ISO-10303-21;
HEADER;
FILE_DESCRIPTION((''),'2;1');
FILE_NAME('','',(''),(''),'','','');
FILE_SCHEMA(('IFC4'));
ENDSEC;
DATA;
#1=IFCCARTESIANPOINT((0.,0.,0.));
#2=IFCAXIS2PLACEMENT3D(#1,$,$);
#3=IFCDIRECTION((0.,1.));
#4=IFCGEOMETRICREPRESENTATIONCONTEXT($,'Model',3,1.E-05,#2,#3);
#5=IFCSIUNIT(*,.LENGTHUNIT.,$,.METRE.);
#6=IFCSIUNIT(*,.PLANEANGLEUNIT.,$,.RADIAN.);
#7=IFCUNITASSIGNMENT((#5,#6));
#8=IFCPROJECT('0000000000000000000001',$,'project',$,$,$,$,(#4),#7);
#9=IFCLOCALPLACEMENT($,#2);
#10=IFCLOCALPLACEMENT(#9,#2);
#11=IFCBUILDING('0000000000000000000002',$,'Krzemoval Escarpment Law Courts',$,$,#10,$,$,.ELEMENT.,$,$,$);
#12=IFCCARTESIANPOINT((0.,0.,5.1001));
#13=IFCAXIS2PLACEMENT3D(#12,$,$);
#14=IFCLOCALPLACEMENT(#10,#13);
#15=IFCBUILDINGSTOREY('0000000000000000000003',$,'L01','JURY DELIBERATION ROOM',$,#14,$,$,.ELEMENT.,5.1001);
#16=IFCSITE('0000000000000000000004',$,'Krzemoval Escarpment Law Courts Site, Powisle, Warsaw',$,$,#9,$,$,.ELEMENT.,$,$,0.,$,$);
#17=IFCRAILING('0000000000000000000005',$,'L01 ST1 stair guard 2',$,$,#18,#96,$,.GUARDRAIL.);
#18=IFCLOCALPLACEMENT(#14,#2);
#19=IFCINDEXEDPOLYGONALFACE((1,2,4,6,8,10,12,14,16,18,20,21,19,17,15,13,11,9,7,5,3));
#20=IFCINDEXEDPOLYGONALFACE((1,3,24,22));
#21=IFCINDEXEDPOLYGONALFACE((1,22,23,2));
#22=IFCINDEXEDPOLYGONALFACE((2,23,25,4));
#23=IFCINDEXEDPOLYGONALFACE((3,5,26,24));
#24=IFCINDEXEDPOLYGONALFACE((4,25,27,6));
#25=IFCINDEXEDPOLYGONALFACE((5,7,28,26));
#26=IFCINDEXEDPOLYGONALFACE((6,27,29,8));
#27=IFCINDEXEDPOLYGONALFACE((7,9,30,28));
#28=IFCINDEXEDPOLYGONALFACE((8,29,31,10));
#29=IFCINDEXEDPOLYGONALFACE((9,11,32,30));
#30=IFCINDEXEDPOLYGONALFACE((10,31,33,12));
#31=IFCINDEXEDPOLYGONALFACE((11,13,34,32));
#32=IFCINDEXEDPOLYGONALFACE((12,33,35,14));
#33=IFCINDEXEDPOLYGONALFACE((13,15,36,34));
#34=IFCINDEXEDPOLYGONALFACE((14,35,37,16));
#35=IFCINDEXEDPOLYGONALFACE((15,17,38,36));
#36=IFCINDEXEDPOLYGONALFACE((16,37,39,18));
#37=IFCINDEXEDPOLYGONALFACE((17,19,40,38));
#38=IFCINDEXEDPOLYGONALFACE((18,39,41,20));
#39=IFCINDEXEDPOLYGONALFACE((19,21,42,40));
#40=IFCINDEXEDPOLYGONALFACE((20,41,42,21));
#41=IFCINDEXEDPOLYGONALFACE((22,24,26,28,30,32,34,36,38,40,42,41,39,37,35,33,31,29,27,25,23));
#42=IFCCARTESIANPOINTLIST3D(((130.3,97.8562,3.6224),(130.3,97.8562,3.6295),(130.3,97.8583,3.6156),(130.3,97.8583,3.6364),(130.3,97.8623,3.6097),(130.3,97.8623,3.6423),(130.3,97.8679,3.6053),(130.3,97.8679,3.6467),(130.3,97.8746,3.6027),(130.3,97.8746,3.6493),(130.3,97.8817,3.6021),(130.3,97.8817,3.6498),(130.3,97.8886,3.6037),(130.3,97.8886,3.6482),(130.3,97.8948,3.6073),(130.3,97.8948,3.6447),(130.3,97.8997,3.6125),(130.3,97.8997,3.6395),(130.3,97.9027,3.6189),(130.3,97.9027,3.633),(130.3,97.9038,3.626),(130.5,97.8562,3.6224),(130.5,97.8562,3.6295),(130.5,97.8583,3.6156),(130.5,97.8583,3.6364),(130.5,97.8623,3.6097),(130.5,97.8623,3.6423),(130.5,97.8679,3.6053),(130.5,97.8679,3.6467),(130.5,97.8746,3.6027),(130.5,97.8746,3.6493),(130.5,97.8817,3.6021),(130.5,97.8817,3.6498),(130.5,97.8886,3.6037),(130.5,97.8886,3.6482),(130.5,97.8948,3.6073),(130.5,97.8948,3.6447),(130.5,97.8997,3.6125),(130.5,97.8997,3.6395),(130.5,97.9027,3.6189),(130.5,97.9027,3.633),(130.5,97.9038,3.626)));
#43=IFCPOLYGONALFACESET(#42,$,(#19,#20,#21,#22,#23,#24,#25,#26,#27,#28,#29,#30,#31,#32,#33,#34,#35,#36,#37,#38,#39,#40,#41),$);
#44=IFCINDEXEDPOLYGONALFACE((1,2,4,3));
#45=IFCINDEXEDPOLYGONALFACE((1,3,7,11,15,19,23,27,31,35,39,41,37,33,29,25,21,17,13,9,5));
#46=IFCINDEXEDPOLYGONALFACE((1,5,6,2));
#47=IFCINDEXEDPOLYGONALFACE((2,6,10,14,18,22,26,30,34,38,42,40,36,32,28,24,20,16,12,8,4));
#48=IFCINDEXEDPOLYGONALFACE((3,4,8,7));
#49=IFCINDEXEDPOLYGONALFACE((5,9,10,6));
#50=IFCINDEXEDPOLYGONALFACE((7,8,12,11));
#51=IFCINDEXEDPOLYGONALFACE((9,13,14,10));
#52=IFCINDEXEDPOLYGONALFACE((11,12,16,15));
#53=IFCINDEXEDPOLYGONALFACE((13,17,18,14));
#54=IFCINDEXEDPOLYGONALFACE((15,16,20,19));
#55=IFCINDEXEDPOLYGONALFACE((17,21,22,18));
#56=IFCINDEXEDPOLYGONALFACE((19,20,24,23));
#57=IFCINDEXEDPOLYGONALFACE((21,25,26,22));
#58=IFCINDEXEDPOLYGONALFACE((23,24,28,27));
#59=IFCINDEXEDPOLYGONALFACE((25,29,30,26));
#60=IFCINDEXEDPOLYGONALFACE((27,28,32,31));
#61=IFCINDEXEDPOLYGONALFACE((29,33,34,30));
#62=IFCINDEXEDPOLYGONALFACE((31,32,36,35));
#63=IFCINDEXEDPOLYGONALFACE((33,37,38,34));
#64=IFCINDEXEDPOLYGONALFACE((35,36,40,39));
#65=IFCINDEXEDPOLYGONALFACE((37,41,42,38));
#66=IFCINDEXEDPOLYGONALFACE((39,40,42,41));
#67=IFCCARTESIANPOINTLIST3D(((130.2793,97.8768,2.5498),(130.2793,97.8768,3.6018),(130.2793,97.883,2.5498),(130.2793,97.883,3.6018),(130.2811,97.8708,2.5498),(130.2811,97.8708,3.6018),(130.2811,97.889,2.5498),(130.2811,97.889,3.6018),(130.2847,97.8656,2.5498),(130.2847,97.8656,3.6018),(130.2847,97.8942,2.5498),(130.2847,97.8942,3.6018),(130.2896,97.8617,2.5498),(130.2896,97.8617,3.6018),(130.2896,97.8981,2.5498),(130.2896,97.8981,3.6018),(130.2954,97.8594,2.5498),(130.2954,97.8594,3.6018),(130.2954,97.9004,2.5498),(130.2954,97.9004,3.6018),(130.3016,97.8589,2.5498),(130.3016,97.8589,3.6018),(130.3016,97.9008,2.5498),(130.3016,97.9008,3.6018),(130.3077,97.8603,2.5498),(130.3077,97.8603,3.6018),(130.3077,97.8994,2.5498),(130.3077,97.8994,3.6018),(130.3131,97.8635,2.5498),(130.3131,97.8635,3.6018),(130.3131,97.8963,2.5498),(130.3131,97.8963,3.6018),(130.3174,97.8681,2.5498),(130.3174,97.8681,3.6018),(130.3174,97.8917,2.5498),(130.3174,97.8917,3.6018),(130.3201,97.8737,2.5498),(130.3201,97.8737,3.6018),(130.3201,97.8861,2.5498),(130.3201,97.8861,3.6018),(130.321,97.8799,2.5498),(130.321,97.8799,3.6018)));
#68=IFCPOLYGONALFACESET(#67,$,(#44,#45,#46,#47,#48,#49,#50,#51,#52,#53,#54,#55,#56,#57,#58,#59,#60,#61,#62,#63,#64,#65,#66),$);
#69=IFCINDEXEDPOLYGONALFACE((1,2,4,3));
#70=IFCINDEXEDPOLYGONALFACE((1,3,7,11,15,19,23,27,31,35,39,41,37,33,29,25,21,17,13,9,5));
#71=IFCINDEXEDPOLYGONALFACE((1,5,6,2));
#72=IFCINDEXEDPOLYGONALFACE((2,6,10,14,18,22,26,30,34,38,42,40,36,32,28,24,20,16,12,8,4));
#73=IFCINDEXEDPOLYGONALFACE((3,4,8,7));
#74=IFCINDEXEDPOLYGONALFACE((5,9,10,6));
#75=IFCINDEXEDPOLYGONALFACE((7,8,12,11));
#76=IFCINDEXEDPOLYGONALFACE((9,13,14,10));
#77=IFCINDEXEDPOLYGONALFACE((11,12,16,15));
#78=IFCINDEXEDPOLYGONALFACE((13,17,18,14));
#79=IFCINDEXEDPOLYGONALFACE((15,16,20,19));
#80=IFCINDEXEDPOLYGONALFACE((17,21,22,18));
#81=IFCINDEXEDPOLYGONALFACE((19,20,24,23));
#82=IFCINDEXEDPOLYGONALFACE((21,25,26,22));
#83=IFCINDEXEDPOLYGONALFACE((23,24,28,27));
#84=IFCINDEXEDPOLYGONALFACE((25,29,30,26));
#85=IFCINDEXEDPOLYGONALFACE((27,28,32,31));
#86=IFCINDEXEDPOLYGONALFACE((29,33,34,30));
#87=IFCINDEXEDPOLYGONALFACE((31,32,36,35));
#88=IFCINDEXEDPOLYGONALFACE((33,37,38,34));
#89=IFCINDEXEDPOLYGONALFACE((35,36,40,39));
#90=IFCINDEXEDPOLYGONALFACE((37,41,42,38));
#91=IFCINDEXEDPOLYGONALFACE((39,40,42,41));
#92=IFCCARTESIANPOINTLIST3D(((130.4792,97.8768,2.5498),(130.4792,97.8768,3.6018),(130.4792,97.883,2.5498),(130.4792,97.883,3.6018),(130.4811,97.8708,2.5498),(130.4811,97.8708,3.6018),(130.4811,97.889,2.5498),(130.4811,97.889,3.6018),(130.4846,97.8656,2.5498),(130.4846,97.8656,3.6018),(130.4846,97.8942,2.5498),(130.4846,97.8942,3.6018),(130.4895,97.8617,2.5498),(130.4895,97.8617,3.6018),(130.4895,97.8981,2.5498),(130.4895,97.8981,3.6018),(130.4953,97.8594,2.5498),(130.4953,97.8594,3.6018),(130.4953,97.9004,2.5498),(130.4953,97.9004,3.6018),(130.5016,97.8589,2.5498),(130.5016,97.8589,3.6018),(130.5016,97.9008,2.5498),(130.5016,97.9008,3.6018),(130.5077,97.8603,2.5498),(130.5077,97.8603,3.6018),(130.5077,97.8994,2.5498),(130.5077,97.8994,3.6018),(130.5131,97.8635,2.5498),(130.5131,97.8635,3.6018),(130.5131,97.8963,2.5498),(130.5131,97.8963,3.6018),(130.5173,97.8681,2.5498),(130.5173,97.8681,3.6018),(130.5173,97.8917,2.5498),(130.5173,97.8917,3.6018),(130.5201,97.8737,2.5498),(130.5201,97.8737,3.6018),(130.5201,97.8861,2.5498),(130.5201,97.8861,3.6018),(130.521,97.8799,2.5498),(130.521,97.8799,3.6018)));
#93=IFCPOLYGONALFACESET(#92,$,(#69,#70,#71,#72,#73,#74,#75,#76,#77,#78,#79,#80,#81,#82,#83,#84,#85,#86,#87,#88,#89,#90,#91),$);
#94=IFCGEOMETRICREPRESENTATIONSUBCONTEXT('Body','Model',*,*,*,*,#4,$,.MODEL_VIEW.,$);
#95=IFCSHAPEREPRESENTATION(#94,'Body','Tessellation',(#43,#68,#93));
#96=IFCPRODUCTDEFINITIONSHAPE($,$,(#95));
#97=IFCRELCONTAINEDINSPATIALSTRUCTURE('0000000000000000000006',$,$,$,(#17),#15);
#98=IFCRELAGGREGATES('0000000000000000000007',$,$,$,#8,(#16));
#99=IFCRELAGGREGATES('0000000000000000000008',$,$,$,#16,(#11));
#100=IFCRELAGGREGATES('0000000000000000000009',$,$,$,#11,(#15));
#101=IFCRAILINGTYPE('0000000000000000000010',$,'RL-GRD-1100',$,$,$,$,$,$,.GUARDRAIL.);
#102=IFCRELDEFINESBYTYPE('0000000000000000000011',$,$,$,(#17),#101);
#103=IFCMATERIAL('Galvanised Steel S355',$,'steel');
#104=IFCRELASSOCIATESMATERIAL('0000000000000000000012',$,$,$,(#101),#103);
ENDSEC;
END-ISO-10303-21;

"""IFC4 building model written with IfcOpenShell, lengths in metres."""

from ifc_helpers import new_model, si_unit, direction, frame, origin, origin_2d, place, context, subcontext, project, spatial, circle, extrude, material, type_object, element, save


model = new_model("IFC4")

# Units and contexts
model_context = context("Model", 3, precision=1e-05, world=origin(), true_north=direction((0.0, 1.0)))
body_context = subcontext(model_context, "Body", "Model", "MODEL_VIEW")
ifc_project = project(units=[si_unit("LENGTHUNIT", "METRE"), si_unit("PLANEANGLEUNIT", "RADIAN")], contexts=[model_context])

# Site, building, storey
site_placement = place(None, origin())
site = spatial("IfcSite", under=ifc_project, at=site_placement, Name="Krzemoval Escarpment Law Courts Site, Powisle, Warsaw", CompositionType="ELEMENT", RefElevation=0.0)
building_placement = place(site_placement, origin())
building = spatial("IfcBuilding", under=site, at=building_placement, Name="Krzemoval Escarpment Law Courts", CompositionType="ELEMENT")
storey_placement = place(building_placement, frame((0.0, 0.0, 5.1001)))
storey = spatial("IfcBuildingStorey", under=building, at=storey_placement, Name="L01", Description="JURY DELIBERATION ROOM", CompositionType="ELEMENT", Elevation=5.1001)

# Railing
ifc_material_1 = material(Name="Galvanised Steel S355", Category="steel")
railing_type_1 = type_object("IfcRailingType", Name="RL-GRD-1100", PredefinedType="GUARDRAIL", material=ifc_material_1)
railing_1_placement = place(storey_placement, frame((130.3, 97.8799, 2.5498)))
element("IfcRailing", 1, at=railing_1_placement, inside=storey, type_object=railing_type_1, Name="L01 ST1 stair guard 2", PredefinedType="GUARDRAIL", context=body_context, shape_type="SweptSolid", body=[
    extrude(circle(Radius=0.0239, at=origin_2d()), frame((0.0, 0.0, 1.0762), z_axis=(1.0, 0.0, 0.0), x_axis=(0.0, 1.0, 0.0)), (0.0, 0.0, 1.0), 0.2),
    extrude(circle(Radius=0.021, at=origin_2d()), origin(), (0.0, 0.0, 1.0), 1.052),
    extrude(circle(Radius=0.021, at=origin_2d()), frame((0.2, 0.0, 0.0)), (0.0, 0.0, 1.0), 1.052),
])

save(model, "model.ifc")
